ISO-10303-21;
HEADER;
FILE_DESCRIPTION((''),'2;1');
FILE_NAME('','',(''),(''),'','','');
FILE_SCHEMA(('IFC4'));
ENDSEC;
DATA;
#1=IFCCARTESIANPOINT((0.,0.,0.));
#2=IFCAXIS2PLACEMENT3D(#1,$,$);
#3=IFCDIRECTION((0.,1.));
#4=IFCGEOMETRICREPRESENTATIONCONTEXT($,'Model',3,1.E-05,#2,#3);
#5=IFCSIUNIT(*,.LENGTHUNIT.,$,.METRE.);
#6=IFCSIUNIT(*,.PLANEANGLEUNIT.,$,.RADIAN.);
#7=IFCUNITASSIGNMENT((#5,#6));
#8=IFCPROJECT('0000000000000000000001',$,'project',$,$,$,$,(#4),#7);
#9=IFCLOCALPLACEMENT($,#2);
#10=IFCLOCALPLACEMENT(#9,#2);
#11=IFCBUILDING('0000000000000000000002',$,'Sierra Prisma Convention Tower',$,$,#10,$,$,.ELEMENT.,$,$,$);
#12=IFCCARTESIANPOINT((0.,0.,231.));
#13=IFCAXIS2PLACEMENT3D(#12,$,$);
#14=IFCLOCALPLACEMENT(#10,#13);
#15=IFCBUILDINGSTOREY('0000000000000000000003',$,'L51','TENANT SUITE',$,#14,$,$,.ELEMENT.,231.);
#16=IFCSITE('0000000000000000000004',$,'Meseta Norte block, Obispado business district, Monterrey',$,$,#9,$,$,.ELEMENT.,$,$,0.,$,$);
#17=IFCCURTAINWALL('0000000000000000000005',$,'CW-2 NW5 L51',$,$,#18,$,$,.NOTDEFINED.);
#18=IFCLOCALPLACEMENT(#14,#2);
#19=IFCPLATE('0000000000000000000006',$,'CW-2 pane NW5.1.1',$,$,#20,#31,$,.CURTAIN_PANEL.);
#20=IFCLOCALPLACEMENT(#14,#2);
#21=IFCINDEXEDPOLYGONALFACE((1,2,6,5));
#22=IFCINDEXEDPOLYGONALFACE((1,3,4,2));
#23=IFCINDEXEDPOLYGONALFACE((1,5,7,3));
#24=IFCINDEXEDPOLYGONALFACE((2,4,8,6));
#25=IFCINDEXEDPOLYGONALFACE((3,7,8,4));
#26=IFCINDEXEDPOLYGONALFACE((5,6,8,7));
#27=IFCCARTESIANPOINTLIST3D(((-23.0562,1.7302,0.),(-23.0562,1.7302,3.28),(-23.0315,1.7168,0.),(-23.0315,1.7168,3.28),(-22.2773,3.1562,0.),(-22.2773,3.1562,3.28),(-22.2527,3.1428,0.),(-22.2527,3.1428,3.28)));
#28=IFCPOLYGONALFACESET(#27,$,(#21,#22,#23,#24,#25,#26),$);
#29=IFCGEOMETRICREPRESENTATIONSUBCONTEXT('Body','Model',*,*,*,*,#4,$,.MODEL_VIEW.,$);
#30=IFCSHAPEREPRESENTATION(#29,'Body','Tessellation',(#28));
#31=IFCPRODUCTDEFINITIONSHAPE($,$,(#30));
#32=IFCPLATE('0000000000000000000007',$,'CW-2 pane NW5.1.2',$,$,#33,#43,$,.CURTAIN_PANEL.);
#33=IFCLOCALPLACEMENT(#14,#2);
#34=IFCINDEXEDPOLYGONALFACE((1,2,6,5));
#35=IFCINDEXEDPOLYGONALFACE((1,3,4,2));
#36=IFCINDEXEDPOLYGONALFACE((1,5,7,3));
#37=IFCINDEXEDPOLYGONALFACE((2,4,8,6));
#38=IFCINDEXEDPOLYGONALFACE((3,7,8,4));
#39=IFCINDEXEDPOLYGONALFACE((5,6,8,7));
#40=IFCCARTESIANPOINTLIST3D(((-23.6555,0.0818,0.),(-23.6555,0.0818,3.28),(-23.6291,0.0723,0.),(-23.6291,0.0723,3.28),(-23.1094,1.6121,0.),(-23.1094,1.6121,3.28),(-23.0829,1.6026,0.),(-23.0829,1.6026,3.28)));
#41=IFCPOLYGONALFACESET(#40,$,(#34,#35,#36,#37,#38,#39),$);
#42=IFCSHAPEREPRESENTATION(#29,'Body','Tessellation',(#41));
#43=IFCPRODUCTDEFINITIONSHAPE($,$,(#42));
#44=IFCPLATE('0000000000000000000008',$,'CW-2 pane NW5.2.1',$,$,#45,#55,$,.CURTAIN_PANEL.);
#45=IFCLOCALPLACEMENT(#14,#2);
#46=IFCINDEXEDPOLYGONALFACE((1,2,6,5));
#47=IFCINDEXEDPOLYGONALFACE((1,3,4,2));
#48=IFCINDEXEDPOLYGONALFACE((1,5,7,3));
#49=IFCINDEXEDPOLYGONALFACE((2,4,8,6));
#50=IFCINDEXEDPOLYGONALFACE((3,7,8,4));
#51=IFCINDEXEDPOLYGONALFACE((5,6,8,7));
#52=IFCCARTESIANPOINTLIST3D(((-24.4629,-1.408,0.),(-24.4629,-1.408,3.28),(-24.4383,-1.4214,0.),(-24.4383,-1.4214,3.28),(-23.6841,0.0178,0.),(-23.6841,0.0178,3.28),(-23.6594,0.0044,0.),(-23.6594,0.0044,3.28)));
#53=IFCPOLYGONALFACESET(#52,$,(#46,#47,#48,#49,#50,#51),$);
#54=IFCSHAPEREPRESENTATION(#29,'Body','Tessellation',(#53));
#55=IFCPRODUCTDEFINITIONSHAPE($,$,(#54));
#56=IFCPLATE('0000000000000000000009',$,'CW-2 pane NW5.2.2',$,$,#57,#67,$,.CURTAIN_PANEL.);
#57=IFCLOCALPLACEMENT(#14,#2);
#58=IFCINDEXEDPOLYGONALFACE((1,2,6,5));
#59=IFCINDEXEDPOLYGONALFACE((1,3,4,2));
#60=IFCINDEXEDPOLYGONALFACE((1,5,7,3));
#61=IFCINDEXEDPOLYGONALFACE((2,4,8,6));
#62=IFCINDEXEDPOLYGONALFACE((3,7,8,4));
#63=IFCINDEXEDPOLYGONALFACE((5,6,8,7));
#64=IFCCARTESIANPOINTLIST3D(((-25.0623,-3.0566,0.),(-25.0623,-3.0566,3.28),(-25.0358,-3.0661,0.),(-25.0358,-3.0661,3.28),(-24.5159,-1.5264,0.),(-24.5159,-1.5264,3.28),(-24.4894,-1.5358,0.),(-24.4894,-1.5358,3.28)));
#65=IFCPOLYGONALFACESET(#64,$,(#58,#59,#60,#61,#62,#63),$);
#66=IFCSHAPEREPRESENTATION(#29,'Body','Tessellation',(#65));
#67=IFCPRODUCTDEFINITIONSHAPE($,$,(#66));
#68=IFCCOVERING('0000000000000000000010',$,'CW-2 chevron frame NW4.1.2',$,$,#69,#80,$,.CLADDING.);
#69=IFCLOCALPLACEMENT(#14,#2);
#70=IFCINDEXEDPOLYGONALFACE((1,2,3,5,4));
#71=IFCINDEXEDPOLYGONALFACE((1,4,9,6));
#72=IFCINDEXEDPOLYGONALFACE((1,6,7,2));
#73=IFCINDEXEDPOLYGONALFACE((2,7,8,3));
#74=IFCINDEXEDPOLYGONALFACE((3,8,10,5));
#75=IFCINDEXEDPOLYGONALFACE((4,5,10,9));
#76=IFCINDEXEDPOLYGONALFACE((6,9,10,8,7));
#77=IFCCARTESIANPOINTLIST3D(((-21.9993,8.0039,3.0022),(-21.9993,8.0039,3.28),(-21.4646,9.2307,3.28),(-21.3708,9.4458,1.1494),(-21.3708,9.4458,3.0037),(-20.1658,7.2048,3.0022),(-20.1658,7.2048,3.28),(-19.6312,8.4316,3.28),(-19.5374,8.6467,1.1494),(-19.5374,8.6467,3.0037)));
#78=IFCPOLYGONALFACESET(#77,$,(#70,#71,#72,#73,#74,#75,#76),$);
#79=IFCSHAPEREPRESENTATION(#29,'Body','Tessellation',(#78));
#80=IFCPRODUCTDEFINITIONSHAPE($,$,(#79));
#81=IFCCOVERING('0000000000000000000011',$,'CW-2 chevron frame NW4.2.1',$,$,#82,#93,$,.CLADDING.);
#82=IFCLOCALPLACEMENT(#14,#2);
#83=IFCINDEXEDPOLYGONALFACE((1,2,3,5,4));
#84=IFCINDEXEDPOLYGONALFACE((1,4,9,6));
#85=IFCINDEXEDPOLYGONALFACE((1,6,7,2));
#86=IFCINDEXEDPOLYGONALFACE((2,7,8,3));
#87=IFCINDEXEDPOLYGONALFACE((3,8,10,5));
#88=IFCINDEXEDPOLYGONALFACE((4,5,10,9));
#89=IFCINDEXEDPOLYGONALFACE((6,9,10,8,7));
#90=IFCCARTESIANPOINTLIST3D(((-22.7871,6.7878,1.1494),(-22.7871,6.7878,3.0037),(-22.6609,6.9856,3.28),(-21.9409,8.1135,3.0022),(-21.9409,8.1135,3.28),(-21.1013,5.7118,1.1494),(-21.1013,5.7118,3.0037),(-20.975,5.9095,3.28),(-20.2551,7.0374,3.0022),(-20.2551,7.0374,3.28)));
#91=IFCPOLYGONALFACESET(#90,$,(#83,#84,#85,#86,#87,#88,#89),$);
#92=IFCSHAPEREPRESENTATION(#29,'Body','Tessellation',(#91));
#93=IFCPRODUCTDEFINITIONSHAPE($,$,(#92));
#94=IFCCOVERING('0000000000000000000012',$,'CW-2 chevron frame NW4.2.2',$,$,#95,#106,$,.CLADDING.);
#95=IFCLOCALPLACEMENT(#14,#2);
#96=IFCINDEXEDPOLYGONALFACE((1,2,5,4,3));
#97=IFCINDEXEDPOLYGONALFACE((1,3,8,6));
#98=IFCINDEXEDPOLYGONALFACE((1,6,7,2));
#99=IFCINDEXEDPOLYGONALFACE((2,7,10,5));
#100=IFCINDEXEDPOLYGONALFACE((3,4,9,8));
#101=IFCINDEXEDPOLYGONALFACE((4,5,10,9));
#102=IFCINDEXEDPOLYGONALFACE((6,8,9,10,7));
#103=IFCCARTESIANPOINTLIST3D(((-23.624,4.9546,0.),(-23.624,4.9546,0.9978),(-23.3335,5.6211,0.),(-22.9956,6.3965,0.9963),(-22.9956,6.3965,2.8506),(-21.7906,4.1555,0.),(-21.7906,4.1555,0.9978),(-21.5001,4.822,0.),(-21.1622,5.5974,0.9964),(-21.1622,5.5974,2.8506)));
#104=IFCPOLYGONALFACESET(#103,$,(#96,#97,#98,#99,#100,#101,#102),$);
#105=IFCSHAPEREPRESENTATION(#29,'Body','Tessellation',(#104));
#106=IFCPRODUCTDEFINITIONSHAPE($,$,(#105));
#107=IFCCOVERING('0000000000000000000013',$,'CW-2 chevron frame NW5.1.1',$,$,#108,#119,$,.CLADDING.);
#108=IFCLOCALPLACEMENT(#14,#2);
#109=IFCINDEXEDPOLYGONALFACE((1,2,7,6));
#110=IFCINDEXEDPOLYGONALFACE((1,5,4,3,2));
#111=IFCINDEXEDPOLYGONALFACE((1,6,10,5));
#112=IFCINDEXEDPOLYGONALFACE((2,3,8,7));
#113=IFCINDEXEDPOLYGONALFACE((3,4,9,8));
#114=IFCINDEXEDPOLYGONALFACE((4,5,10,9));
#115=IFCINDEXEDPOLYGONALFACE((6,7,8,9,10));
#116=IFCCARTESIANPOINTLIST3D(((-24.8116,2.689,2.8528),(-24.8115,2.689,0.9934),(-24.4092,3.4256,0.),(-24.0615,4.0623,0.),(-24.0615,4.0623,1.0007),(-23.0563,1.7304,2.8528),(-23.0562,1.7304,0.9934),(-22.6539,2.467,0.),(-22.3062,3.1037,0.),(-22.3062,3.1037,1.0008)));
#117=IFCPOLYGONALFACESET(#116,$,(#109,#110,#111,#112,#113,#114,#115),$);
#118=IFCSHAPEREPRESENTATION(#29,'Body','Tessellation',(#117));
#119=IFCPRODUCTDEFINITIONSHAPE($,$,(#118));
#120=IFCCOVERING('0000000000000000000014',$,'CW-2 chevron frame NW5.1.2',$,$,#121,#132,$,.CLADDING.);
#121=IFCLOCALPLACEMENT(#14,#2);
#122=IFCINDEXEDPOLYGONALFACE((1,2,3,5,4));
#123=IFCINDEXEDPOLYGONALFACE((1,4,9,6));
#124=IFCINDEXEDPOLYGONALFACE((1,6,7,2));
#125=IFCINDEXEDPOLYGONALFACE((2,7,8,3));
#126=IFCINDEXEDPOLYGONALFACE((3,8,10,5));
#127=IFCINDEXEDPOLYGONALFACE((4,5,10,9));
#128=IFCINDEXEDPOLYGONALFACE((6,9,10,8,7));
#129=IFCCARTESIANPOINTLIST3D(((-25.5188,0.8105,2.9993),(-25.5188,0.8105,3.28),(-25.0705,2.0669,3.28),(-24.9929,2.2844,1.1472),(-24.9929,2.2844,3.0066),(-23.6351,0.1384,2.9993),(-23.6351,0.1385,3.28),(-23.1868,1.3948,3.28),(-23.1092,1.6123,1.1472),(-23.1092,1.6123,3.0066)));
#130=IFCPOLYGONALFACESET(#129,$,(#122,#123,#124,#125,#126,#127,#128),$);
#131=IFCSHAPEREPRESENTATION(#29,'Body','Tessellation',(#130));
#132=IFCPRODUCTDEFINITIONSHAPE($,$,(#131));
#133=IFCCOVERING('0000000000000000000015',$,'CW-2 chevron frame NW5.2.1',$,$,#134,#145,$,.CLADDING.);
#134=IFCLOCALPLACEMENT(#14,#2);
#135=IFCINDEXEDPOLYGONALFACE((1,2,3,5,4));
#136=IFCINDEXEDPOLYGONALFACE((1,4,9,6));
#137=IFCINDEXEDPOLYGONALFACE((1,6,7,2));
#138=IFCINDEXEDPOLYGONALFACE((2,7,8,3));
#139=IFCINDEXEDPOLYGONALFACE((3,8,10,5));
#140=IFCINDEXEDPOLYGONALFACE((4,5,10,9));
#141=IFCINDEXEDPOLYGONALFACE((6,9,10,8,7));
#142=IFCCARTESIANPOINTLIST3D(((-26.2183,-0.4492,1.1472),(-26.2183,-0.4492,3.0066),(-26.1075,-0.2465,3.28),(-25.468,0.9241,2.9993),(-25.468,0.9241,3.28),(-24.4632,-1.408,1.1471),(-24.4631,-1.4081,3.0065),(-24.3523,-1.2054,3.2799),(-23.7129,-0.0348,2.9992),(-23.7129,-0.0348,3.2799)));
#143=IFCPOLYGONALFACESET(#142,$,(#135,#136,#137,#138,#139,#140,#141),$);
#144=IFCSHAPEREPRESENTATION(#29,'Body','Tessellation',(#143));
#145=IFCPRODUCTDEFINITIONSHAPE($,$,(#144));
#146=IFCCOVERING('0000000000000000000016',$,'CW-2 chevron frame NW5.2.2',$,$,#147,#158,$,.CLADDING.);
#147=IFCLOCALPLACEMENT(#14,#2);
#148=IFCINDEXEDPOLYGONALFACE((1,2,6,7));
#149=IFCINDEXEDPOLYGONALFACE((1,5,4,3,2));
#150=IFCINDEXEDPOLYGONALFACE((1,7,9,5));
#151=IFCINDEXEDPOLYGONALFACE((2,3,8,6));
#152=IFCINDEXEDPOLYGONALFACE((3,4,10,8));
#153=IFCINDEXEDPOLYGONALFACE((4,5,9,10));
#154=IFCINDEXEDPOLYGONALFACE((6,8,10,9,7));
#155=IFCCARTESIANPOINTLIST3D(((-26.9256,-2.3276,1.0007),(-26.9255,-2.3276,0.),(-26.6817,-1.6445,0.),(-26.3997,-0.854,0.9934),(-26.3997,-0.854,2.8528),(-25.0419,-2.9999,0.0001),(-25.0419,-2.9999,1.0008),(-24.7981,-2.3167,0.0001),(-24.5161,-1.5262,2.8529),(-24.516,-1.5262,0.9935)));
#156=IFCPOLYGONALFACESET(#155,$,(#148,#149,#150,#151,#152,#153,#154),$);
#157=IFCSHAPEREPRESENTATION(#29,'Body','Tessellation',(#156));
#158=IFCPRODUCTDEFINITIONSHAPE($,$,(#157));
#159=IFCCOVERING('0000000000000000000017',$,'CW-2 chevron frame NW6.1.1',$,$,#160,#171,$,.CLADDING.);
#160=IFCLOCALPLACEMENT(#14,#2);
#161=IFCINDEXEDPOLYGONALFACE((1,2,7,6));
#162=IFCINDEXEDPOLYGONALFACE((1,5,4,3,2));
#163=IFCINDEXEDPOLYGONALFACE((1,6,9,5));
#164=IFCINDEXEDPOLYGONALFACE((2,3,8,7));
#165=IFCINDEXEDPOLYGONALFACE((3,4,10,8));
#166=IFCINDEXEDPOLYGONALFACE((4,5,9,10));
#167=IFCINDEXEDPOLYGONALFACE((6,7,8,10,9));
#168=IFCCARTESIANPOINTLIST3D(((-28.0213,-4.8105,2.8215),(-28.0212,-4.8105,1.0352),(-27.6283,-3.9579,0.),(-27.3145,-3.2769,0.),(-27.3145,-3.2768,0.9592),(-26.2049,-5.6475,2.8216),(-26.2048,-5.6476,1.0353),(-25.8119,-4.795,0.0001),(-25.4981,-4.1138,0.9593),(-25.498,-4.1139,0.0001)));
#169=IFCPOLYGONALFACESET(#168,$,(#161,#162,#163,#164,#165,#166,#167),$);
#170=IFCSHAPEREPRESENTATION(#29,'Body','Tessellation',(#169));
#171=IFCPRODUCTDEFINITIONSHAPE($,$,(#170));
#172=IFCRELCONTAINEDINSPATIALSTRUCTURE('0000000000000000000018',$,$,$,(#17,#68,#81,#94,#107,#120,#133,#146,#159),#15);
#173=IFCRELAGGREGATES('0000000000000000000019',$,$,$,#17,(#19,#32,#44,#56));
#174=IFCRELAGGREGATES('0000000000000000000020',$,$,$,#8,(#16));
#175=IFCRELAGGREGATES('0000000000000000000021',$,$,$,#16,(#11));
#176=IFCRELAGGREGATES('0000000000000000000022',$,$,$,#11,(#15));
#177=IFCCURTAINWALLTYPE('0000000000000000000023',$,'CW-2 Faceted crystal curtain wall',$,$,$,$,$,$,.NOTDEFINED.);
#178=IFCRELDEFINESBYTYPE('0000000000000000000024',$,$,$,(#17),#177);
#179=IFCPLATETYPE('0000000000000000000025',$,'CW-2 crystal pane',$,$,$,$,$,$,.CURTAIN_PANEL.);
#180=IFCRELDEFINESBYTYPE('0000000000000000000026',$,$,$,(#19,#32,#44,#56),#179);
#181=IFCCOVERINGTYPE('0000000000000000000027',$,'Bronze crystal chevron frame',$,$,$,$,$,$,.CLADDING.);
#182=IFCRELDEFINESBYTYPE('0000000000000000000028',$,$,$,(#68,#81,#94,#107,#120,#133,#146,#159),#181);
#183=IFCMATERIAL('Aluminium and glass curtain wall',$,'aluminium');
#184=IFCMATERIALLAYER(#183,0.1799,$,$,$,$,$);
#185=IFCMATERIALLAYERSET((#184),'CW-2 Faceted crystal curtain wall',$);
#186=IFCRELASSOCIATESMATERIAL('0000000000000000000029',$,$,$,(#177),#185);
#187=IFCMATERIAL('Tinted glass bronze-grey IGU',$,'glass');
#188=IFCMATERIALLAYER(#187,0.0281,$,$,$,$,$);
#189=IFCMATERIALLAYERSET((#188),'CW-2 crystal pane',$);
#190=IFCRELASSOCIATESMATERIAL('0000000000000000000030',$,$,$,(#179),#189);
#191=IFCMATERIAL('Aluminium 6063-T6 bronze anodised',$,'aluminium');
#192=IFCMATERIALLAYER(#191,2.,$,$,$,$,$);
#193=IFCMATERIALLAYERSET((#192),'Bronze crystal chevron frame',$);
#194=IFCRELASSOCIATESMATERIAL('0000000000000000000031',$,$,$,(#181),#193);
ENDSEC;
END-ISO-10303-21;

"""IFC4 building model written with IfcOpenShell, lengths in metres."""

from ifc_helpers import new_model, si_unit, direction, frame, origin, place, context, subcontext, project, spatial, polyline, outline, extrude, material, layer, layer_set, type_object, element, aggregate, save


model = new_model("IFC4")

# Units and contexts
model_context = context("Model", 3, precision=1e-05, world=origin(), true_north=direction((0.0, 1.0)))
body_context = subcontext(model_context, "Body", "Model", "MODEL_VIEW")
ifc_project = project(units=[si_unit("LENGTHUNIT", "METRE"), si_unit("PLANEANGLEUNIT", "RADIAN")], contexts=[model_context])

# Site, building, storey
site_placement = place(None, origin())
site = spatial("IfcSite", under=ifc_project, at=site_placement, Name="Meseta Norte block, Obispado business district, Monterrey", CompositionType="ELEMENT", RefElevation=0.0)
building_placement = place(site_placement, origin())
building = spatial("IfcBuilding", under=site, at=building_placement, Name="Sierra Prisma Convention Tower", CompositionType="ELEMENT")
storey_placement = place(building_placement, frame((0.0, 0.0, 231.0)))
storey = spatial("IfcBuildingStorey", under=building, at=storey_placement, Name="L51", Description="TENANT SUITE", CompositionType="ELEMENT", Elevation=231.0)

# Curtain wall
ifc_material_1 = material(Name="Aluminium and glass curtain wall", Category="aluminium")
ifc_layer_1 = layer(ifc_material_1, 0.1799)
ifc_layer_set_1 = layer_set([ifc_layer_1], Name="CW-2 Faceted crystal curtain wall")
curtain_wall_type = type_object("IfcCurtainWallType", Name="CW-2 Faceted crystal curtain wall", PredefinedType="NOTDEFINED", material=ifc_layer_set_1)
curtain_wall_1_placement = place(storey_placement, origin())
curtain_wall_1 = element("IfcCurtainWall", 1, at=curtain_wall_1_placement, inside=storey, type_object=curtain_wall_type, Name="CW-2 NW5 L51", PredefinedType="NOTDEFINED")

# Plates
ifc_material_2 = material(Name="Tinted glass bronze-grey IGU", Category="glass")
ifc_layer_2 = layer(ifc_material_2, 0.0281)
ifc_layer_set_2 = layer_set([ifc_layer_2], Name="CW-2 crystal pane")
plate_type = type_object("IfcPlateType", Name="CW-2 crystal pane", PredefinedType="CURTAIN_PANEL", material=ifc_layer_set_2)
plate_1_placement = place(storey_placement, frame((-22.2773, 3.1562, 0.0), z_axis=(-0.877643, 0.479315, 0.0), x_axis=(-0.479315, -0.877643, 0.0)))
plate_1 = element("IfcPlate", 2, at=plate_1_placement, type_object=plate_type, Name="CW-2 pane NW5.1.1", PredefinedType="CURTAIN_PANEL", context=body_context, shape_type="SweptSolid", body=[
    extrude(outline(polyline([(0.0, 0.0), (1.6248, 0.0), (1.6248, 3.28), (0.0, 3.28), (0.0, 0.0)])), origin(), (0.0, 0.0, -1.0), 0.0281),
])
plate_2_placement = place(storey_placement, frame((-23.6555, 0.0818, 0.0), z_axis=(-0.941817, 0.336127, 0.0), x_axis=(0.336127, 0.941817, 0.0)))
plate_2 = element("IfcPlate", 3, at=plate_2_placement, type_object=plate_type, Name="CW-2 pane NW5.1.2", PredefinedType="CURTAIN_PANEL", context=body_context, shape_type="SweptSolid", body=[
    extrude(outline(polyline([(0.0, 0.0), (1.6248, 0.0), (1.6248, -3.28), (0.0, -3.28), (0.0, 0.0)])), origin(), (0.0, 0.0, -1.0), 0.0281),
])
plate_3_placement = place(storey_placement, frame((-23.6841, 0.0178, 0.0), z_axis=(-0.877608, 0.479378, 0.0), x_axis=(-0.479378, -0.877608, 0.0)))
plate_3 = element("IfcPlate", 4, at=plate_3_placement, type_object=plate_type, Name="CW-2 pane NW5.2.1", PredefinedType="CURTAIN_PANEL", context=body_context, shape_type="SweptSolid", body=[
    extrude(outline(polyline([(0.0, 0.0), (1.6246, 0.0), (1.6246, 3.28), (0.0, 3.28), (0.0, 0.0)])), origin(), (0.0, 0.0, -1.0), 0.0281),
])
plate_4_placement = place(storey_placement, frame((-25.0623, -3.0566, 0.0), z_axis=(-0.941769, 0.33626, 0.0), x_axis=(0.33626, 0.941769, 0.0)))
plate_4 = element("IfcPlate", 5, at=plate_4_placement, type_object=plate_type, Name="CW-2 pane NW5.2.2", PredefinedType="CURTAIN_PANEL", context=body_context, shape_type="SweptSolid", body=[
    extrude(outline(polyline([(0.0, 0.0), (1.6249, 0.0), (1.6249, -3.28), (0.0, -3.28), (0.0, 0.0)])), origin(), (0.0, 0.0, -1.0), 0.0281),
])
aggregate(curtain_wall_1, [plate_1, plate_2, plate_3, plate_4])

# Coverings
ifc_material_3 = material(Name="Aluminium 6063-T6 bronze anodised", Category="aluminium")
ifc_layer_3 = layer(ifc_material_3, 2.0)
ifc_layer_set_3 = layer_set([ifc_layer_3], Name="Bronze crystal chevron frame")
covering_type = type_object("IfcCoveringType", Name="Bronze crystal chevron frame", PredefinedType="CLADDING", material=ifc_layer_set_3)
covering_1_placement = place(storey_placement, frame((-21.3708, 9.4458, 3.0037), z_axis=(-0.91672, 0.399531, -0.000003), x_axis=(0.000003, -0.000001, -1.0)))
element("IfcCovering", 6, at=covering_1_placement, inside=storey, type_object=covering_type, Name="CW-2 chevron frame NW4.1.2", PredefinedType="CLADDING", context=body_context, shape_type="SweptSolid", body=[
    extrude(outline(polyline([(0.0, 0.0), (1.8542, 0.0), (0.0015, 1.5729), (-0.2764, 1.5729), (-0.2764, 0.2346), (0.0, 0.0)])), origin(), (0.0, 0.0, -1.0), 2.0),
])
covering_2_placement = place(storey_placement, frame((-21.9409, 8.1135, 3.28), z_axis=(-0.842919, 0.538041, -0.000002), x_axis=(0.000002, -0.000001, -1.0)))
element("IfcCovering", 7, at=covering_2_placement, inside=storey, type_object=covering_type, Name="CW-2 chevron frame NW4.2.1", PredefinedType="CLADDING", context=body_context, shape_type="SweptSolid", body=[
    extrude(outline(polyline([(0.0, 0.0), (0.2778, 0.0), (2.1306, 1.5727), (0.2764, 1.5727), (0.0, 1.3381), (0.0, 0.0)])), origin(), (0.0, 0.0, -1.0), 2.0),
])
covering_3_placement = place(storey_placement, frame((-23.624, 4.9546, 0.0), z_axis=(-0.916716, 0.399539, -0.000013), x_axis=(-0.000012, 0.000005, 1.0)))
element("IfcCovering", 8, at=covering_3_placement, inside=storey, type_object=covering_type, Name="CW-2 chevron frame NW4.2.2", PredefinedType="CLADDING", context=body_context, shape_type="SweptSolid", body=[
    extrude(outline(polyline([(0.0, 0.0), (0.9978, 0.0), (2.8506, 1.5729), (0.9963, 1.5729), (0.0, 0.7271), (0.0, 0.0)])), origin(), (0.0, 0.0, -1.0), 2.0),
])
covering_4_placement = place(storey_placement, frame((-24.0615, 4.0623, 0.0), z_axis=(-0.877651, 0.4793, -0.00002), x_axis=(-0.4793, -0.877651, 0.0)))
element("IfcCovering", 9, at=covering_4_placement, inside=storey, type_object=covering_type, Name="CW-2 chevron frame NW5.1.1", PredefinedType="CLADDING", context=body_context, shape_type="SweptSolid", body=[
    extrude(outline(polyline([(0.0, 0.0), (0.7254, 0.0), (1.5647, 0.9934), (1.5647, 2.8528), (0.0, 1.0007), (0.0, 0.0)])), origin(), (0.0, 0.0, -1.0), 2.0),
])
covering_5_placement = place(storey_placement, frame((-24.9929, 2.2844, 3.0066), z_axis=(-0.941845, 0.336048, -0.000009), x_axis=(0.000008, -0.000003, -1.0)))
element("IfcCovering", 10, at=covering_5_placement, inside=storey, type_object=covering_type, Name="CW-2 chevron frame NW5.1.2", PredefinedType="CLADDING", context=body_context, shape_type="SweptSolid", body=[
    extrude(outline(polyline([(0.0, 0.0), (1.8594, 0.0), (0.0073, 1.5649), (-0.2734, 1.5649), (-0.2734, 0.231), (0.0, 0.0)])), origin(), (0.0, 0.0, -1.0), 2.0),
])
covering_6_placement = place(storey_placement, frame((-25.468, 0.9241, 3.28), z_axis=(-0.877584, 0.479424, 0.000051), x_axis=(-0.000045, 0.000024, -1.0)))
element("IfcCovering", 11, at=covering_6_placement, inside=storey, type_object=covering_type, Name="CW-2 chevron frame NW5.2.1", PredefinedType="CLADDING", context=body_context, shape_type="SweptSolid", body=[
    extrude(outline(polyline([(0.0, 0.0), (0.2808, 0.0), (2.1328, 1.5649), (0.2734, 1.5649), (0.0, 1.3339), (0.0, 0.0)])), origin(), (0.0, 0.0, -1.0), 2.0),
])
covering_7_placement = place(storey_placement, frame((-26.9255, -2.3276, 0.0), z_axis=(-0.941819, 0.33612, -0.000035), x_axis=(-0.000033, 0.000012, 1.0)))
element("IfcCovering", 12, at=covering_7_placement, inside=storey, type_object=covering_type, Name="CW-2 chevron frame NW5.2.2", PredefinedType="CLADDING", context=body_context, shape_type="SweptSolid", body=[
    extrude(outline(polyline([(0.0, 0.0), (1.0007, 0.0), (2.8528, 1.5647), (0.9934, 1.5647), (0.0, 0.7253), (0.0, 0.0)])), origin(), (0.0, 0.0, -1.0), 2.0),
])
covering_8_placement = place(storey_placement, frame((-27.3145, -3.2769, 0.0), z_axis=(-0.908214, 0.418507, -0.000052), x_axis=(-0.418507, -0.908214, 0.0)))
element("IfcCovering", 13, at=covering_8_placement, inside=storey, type_object=covering_type, Name="CW-2 chevron frame NW6.1.1", PredefinedType="CLADDING", context=body_context, shape_type="SweptSolid", body=[
    extrude(outline(polyline([(0.0, 0.0), (0.7499, 0.0), (1.6887, 1.0352), (1.6887, 2.8215), (0.0, 0.9592), (0.0, 0.0)])), origin(), (0.0, 0.0, -1.0), 2.0),
])

save(model, "model.ifc")
